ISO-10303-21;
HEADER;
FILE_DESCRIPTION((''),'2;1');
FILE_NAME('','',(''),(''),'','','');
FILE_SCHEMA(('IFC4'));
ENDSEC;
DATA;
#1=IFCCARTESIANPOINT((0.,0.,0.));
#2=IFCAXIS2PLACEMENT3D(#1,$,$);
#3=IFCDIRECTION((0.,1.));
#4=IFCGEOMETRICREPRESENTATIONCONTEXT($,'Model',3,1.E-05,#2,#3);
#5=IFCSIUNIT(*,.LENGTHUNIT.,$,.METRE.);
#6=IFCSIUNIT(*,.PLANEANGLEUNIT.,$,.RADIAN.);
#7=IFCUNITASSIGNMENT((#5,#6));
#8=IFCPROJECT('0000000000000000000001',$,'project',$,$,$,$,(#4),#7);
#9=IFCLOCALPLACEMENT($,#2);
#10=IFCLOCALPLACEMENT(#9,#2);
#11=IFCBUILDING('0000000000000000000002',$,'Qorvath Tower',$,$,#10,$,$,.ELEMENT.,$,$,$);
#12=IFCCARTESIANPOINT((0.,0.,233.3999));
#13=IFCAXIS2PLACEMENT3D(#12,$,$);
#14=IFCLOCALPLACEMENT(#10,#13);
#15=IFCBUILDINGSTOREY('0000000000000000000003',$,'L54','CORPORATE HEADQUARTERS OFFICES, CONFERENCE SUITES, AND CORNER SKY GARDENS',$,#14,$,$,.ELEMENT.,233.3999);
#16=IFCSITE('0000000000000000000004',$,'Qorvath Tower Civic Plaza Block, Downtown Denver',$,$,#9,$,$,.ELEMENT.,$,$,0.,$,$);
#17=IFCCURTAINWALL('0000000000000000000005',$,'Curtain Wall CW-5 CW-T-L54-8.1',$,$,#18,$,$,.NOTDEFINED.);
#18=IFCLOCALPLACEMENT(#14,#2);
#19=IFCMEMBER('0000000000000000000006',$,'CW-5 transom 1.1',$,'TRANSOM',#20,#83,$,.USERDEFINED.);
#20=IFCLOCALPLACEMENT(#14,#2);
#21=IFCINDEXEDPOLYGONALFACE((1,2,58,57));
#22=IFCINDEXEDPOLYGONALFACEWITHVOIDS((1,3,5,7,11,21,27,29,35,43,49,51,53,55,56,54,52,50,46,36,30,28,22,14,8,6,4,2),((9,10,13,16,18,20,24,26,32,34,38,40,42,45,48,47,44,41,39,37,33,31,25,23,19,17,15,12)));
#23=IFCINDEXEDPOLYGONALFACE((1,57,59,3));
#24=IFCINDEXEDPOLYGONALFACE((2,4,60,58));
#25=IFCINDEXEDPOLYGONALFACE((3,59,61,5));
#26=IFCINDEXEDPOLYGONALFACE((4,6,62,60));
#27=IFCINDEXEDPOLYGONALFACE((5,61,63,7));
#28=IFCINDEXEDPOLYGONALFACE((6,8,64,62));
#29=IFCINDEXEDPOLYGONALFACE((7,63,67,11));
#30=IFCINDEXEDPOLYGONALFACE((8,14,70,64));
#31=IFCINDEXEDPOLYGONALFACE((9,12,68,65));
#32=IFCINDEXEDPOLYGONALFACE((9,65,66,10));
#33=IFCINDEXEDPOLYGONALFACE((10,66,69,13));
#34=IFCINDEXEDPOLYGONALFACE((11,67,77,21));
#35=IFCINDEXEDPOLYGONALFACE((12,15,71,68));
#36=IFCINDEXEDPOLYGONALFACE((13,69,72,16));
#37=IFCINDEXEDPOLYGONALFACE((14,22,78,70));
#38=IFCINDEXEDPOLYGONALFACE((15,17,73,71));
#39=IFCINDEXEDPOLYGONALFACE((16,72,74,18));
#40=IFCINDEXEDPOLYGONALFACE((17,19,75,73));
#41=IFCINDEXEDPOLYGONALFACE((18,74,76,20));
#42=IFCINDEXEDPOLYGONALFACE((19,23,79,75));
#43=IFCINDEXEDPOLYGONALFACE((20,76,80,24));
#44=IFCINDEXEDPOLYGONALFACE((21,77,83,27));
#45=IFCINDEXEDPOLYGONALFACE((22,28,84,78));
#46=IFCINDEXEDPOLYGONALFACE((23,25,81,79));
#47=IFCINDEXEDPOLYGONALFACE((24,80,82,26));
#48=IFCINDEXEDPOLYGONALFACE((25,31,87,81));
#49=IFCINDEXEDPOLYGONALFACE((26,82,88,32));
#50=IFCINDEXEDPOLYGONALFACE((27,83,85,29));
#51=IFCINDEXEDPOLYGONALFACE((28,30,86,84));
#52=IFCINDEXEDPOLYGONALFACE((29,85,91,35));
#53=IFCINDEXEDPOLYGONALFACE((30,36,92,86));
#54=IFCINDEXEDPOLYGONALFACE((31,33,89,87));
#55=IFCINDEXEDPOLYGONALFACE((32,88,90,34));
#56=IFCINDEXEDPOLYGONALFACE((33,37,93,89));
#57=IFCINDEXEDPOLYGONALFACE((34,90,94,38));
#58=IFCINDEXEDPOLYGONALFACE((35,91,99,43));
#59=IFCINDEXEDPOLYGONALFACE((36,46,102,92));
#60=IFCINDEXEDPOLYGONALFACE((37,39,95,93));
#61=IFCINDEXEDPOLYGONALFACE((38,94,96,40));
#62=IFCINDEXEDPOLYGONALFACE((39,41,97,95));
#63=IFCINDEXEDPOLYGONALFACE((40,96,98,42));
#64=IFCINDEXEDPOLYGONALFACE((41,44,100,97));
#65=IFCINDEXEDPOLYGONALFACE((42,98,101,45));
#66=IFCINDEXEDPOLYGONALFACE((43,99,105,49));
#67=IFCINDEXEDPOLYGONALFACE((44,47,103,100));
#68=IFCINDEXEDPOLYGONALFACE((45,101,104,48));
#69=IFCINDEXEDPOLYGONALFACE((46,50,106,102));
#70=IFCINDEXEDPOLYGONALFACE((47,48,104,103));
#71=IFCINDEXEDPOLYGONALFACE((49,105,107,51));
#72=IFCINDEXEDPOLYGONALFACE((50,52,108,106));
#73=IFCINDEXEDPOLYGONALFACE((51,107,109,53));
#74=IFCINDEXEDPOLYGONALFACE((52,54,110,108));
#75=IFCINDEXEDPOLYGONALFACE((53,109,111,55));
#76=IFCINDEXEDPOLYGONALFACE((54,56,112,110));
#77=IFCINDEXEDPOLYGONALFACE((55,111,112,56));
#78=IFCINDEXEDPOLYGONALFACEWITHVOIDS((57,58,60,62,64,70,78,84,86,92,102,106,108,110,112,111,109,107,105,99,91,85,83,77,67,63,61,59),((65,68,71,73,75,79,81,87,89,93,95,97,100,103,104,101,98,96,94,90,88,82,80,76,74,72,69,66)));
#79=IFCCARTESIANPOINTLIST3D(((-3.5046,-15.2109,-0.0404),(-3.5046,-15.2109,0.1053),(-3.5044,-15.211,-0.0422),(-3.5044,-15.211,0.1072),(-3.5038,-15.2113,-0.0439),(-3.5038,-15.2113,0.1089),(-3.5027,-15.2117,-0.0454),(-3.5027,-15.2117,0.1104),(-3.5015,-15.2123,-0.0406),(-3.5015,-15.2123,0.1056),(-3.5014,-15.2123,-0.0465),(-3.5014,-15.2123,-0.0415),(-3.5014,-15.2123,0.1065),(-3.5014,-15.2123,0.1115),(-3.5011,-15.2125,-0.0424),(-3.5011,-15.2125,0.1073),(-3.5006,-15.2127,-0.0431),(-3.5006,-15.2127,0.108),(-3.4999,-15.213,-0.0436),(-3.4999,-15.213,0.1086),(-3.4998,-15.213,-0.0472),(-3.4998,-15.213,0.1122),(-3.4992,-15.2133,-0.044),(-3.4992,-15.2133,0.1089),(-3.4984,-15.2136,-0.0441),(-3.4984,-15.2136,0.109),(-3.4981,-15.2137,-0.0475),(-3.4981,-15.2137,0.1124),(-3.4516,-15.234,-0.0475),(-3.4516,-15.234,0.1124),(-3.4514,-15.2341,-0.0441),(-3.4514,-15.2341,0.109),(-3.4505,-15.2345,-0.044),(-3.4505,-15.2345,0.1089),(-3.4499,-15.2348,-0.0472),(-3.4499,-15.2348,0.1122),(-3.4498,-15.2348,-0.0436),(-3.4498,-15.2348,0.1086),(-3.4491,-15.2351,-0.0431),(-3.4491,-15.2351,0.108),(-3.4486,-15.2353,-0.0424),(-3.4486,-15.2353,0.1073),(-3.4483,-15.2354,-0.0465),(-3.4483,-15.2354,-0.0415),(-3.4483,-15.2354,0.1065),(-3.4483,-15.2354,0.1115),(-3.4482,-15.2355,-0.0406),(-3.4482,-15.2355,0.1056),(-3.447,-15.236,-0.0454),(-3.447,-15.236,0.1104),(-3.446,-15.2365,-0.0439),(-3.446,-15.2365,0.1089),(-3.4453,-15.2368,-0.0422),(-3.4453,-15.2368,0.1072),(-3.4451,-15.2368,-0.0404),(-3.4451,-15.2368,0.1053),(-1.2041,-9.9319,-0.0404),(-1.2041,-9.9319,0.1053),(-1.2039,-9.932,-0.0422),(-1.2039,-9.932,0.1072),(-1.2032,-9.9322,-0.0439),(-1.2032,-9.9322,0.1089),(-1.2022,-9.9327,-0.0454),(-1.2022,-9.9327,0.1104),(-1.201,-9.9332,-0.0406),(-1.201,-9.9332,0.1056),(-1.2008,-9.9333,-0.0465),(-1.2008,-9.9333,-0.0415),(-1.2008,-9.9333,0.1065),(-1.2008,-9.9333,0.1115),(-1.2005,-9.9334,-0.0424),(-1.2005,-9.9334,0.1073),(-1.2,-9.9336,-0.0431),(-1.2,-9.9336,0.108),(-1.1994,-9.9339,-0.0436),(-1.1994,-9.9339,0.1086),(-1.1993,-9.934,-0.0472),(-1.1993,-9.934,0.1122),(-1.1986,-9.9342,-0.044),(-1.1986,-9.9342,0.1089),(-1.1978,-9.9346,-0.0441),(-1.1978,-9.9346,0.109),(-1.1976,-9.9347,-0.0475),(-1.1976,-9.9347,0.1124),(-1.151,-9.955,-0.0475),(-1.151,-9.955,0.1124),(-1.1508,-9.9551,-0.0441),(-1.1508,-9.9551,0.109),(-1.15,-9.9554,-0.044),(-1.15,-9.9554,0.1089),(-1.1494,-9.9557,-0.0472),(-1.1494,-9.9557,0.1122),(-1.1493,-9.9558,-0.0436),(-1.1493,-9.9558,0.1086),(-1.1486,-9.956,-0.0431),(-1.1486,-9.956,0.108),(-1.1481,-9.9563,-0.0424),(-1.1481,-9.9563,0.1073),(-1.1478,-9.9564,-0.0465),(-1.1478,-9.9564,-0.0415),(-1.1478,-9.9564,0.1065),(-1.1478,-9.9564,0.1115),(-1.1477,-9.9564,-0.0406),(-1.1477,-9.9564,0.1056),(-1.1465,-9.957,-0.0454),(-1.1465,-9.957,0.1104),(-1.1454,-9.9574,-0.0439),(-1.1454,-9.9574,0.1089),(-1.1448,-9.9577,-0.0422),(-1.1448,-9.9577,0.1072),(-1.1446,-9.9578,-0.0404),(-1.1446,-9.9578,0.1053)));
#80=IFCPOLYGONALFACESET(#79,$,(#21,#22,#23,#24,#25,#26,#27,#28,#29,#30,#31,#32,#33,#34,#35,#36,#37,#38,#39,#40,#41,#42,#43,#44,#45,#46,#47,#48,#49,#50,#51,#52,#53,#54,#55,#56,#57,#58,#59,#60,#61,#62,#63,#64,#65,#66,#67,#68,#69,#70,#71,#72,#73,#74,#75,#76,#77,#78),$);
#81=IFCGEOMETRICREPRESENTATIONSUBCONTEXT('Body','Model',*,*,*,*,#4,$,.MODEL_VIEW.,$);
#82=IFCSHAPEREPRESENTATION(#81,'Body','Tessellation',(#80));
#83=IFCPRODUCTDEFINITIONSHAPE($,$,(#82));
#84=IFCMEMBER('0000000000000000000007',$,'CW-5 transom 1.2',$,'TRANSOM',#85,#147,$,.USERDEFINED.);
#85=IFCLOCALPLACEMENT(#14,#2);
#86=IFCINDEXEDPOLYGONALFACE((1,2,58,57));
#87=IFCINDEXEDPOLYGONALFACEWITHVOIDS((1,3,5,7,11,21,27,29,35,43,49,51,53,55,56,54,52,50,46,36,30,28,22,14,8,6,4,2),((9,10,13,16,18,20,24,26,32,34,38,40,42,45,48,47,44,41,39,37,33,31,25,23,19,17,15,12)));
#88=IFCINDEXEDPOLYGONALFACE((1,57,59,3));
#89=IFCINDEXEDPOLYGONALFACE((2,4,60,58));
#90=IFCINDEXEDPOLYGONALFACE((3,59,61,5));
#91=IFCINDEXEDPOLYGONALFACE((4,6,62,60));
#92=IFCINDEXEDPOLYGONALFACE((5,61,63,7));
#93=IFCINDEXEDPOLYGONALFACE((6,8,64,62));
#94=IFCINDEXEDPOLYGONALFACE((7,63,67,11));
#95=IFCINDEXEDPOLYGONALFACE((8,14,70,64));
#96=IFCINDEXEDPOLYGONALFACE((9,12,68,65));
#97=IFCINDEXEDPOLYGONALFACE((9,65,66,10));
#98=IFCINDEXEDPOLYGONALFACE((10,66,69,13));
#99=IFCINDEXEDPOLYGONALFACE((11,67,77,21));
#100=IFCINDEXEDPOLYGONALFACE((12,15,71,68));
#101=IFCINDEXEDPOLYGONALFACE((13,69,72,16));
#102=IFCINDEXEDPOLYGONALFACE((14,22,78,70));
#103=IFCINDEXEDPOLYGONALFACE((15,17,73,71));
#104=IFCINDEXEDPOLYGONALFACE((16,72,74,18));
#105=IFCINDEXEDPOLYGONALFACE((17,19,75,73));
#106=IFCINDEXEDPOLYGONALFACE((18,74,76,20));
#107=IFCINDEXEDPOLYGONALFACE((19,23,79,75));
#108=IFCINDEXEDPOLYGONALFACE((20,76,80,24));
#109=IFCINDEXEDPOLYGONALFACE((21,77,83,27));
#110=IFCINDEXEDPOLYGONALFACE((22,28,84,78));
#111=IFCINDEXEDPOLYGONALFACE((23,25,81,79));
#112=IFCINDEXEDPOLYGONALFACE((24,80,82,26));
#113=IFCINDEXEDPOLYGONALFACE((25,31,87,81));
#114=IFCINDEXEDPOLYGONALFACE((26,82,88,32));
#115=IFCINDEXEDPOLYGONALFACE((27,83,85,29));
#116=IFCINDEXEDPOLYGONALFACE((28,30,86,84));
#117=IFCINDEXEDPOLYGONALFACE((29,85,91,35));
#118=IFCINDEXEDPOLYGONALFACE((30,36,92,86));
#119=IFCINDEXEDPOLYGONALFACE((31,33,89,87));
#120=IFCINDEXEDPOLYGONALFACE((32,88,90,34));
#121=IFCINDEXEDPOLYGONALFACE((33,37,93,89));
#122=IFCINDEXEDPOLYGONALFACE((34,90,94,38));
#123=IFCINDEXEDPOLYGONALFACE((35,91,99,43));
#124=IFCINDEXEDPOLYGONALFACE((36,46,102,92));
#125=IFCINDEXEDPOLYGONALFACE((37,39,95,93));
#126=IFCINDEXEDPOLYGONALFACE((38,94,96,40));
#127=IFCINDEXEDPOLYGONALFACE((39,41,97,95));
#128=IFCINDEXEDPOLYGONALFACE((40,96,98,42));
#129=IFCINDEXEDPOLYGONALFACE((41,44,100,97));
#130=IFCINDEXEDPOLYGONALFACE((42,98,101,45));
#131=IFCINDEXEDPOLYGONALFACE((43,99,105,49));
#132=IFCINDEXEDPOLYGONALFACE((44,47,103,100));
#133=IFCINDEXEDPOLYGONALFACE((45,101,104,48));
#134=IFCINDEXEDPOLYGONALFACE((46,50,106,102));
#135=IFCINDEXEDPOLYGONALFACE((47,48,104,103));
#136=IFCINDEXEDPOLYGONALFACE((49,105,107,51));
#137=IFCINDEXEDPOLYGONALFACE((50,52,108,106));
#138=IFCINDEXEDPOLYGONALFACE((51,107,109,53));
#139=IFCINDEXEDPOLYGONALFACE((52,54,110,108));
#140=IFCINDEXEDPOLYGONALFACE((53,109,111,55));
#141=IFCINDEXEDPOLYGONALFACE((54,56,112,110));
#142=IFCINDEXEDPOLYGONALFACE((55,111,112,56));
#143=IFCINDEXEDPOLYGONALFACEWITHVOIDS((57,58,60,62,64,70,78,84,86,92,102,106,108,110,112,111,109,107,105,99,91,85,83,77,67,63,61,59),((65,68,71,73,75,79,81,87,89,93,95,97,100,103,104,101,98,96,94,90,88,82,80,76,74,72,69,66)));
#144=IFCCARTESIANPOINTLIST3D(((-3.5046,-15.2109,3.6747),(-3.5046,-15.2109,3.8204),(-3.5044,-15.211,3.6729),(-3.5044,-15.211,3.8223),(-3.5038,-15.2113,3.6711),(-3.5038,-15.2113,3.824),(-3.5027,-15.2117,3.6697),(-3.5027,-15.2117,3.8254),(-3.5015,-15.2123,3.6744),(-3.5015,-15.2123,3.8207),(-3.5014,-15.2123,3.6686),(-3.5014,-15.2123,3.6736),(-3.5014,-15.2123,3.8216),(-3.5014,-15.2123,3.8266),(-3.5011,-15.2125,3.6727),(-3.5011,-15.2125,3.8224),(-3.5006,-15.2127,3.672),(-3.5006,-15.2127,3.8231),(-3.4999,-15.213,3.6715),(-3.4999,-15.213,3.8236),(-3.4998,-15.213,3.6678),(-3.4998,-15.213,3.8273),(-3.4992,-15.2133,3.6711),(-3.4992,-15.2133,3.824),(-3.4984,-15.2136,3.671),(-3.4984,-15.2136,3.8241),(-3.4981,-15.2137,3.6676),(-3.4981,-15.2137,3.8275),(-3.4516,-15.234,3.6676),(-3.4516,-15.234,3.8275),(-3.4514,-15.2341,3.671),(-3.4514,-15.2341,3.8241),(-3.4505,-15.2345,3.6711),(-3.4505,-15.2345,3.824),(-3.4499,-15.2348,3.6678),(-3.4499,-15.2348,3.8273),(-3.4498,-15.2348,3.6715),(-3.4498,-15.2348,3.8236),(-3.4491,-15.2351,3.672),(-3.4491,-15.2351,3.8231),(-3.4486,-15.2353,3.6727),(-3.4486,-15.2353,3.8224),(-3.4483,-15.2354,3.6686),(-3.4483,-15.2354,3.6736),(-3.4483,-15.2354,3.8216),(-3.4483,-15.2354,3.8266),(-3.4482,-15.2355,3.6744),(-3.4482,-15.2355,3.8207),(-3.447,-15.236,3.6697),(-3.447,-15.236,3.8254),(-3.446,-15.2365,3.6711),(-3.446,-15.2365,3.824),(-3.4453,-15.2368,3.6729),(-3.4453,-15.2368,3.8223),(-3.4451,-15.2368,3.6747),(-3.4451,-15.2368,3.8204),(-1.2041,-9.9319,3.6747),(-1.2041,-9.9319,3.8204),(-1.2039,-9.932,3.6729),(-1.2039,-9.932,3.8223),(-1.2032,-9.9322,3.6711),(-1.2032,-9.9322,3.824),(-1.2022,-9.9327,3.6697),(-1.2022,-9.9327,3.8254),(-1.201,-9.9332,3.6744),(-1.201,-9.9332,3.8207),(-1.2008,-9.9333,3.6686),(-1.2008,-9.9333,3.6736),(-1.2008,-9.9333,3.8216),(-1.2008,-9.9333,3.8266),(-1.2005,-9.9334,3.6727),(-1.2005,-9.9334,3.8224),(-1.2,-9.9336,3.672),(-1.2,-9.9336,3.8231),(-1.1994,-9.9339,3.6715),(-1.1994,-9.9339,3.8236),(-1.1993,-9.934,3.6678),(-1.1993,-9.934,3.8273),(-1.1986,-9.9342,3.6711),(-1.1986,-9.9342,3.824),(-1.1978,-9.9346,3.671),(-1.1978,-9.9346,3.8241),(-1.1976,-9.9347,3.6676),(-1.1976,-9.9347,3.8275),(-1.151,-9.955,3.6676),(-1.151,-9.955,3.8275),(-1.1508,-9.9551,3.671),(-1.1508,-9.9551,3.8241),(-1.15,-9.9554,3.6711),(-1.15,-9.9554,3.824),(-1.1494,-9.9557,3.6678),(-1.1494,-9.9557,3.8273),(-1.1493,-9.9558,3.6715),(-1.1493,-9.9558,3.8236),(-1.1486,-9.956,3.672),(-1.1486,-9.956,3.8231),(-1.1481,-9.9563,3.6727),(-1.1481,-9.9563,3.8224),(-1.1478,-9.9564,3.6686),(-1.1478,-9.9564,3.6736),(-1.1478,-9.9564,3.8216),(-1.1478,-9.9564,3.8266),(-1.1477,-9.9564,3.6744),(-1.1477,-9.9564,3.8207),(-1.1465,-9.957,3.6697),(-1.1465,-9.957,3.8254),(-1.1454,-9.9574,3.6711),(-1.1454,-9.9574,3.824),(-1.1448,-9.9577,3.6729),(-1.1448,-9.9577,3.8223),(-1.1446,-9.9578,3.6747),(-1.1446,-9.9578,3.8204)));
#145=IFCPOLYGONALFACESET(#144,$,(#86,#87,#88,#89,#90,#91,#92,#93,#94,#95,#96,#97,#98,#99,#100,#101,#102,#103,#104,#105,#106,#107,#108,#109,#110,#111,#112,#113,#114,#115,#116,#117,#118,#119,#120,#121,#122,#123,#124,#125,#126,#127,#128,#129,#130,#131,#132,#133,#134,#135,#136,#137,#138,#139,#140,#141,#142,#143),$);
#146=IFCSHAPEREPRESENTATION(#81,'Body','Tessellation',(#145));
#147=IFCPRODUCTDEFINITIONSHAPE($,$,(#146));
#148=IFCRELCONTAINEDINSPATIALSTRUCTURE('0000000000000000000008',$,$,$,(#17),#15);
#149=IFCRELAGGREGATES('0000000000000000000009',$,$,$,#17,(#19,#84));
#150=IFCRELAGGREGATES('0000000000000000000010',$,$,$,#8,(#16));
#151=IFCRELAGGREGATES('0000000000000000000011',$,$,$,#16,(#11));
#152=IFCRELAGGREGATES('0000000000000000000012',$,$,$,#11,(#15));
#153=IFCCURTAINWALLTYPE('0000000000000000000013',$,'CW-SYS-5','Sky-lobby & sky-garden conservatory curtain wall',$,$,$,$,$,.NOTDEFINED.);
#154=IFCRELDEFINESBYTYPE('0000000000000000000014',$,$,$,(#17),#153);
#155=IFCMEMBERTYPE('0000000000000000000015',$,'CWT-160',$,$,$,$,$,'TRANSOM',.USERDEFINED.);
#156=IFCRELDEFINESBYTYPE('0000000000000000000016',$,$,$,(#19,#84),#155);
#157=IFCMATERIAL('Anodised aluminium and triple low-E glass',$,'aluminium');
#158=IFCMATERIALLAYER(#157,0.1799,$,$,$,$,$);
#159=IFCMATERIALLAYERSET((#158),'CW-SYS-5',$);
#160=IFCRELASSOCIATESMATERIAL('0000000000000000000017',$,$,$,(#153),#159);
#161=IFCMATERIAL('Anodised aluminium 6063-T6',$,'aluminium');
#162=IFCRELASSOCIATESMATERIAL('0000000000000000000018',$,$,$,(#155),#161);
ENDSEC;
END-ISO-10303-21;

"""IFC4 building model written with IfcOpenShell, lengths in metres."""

from ifc_helpers import new_model, si_unit, direction, frame, origin, origin_2d, place, context, subcontext, project, spatial, hollow_rectangle, extrude, material, layer, layer_set, material_profile, profile_set, type_object, element, aggregate, save


model = new_model("IFC4")

# Units and contexts
model_context = context("Model", 3, precision=1e-05, world=origin(), true_north=direction((0.0, 1.0)))
body_context = subcontext(model_context, "Body", "Model", "MODEL_VIEW")
ifc_project = project(units=[si_unit("LENGTHUNIT", "METRE"), si_unit("PLANEANGLEUNIT", "RADIAN")], contexts=[model_context])

# Site, building, storey
site_placement = place(None, origin())
site = spatial("IfcSite", under=ifc_project, at=site_placement, Name="Qorvath Tower Civic Plaza Block, Downtown Denver", CompositionType="ELEMENT", RefElevation=0.0)
building_placement = place(site_placement, origin())
building = spatial("IfcBuilding", under=site, at=building_placement, Name="Qorvath Tower", CompositionType="ELEMENT")
storey_placement = place(building_placement, frame((0.0, 0.0, 233.3999)))
storey = spatial("IfcBuildingStorey", under=building, at=storey_placement, Name="L54", Description="CORPORATE HEADQUARTERS OFFICES, CONFERENCE SUITES, AND CORNER SKY GARDENS", CompositionType="ELEMENT", Elevation=233.3999)

# Curtain wall
ifc_material_1 = material(Name="Anodised aluminium and triple low-E glass", Category="aluminium")
ifc_layer_1 = layer(ifc_material_1, 0.1799)
ifc_layer_set_1 = layer_set([ifc_layer_1], Name="CW-SYS-5")
curtain_wall_type = type_object("IfcCurtainWallType", Name="CW-SYS-5", Description="Sky-lobby & sky-garden conservatory curtain wall", PredefinedType="NOTDEFINED", material=ifc_layer_set_1)
curtain_wall_1_placement = place(storey_placement, origin())
curtain_wall_1 = element("IfcCurtainWall", 1, at=curtain_wall_1_placement, inside=storey, type_object=curtain_wall_type, Name="Curtain Wall CW-5 CW-T-L54-8.1", PredefinedType="NOTDEFINED")

# Members
ifc_material_2 = material(Name="Anodised aluminium 6063-T6", Category="aluminium")
ifc_material_profile_1 = material_profile(ifc_material_2, hollow_rectangle(XDim=0.0649, YDim=0.1599, WallThickness=0.0034, InnerFilletRadius=0.0034, OuterFilletRadius=0.0071, at=origin_2d()), Name="CWT 160x65")
ifc_profile_set_1 = profile_set([ifc_material_profile_1], Name="Anodised aluminium 6063-T6")
member_type_1 = type_object("IfcMemberType", Name="CWT-160", ElementType="TRANSOM", PredefinedType="USERDEFINED", material=ifc_profile_set_1)
member_1_placement = place(storey_placement, frame((-3.4749, -15.2239, 0.0325), z_axis=(0.3995, 0.916733, 0.0), x_axis=(-0.916733, 0.3995, 0.0)))
member_1 = element("IfcMember", 2, at=member_1_placement, type_object=member_type_1, Name="CW-5 transom 1.1", ObjectType="TRANSOM", PredefinedType="USERDEFINED", context=body_context, shape_type="SweptSolid", body=[
    extrude(hollow_rectangle(XDim=0.0649, YDim=0.1599, WallThickness=0.0034, InnerFilletRadius=0.0034, OuterFilletRadius=0.0071, at=origin_2d()), origin(), (0.0, 0.0, 1.0), 5.7585),
])
member_2_placement = place(storey_placement, frame((-3.4749, -15.2239, 3.7476), z_axis=(0.3995, 0.916733, 0.0), x_axis=(-0.916733, 0.3995, 0.0)))
member_2 = element("IfcMember", 3, at=member_2_placement, type_object=member_type_1, Name="CW-5 transom 1.2", ObjectType="TRANSOM", PredefinedType="USERDEFINED", context=body_context, shape_type="SweptSolid", body=[
    extrude(hollow_rectangle(XDim=0.0649, YDim=0.1599, WallThickness=0.0034, InnerFilletRadius=0.0034, OuterFilletRadius=0.0071, at=origin_2d()), origin(), (0.0, 0.0, 1.0), 5.7585),
])

aggregate(curtain_wall_1, [member_1, member_2])

save(model, "model.ifc")
